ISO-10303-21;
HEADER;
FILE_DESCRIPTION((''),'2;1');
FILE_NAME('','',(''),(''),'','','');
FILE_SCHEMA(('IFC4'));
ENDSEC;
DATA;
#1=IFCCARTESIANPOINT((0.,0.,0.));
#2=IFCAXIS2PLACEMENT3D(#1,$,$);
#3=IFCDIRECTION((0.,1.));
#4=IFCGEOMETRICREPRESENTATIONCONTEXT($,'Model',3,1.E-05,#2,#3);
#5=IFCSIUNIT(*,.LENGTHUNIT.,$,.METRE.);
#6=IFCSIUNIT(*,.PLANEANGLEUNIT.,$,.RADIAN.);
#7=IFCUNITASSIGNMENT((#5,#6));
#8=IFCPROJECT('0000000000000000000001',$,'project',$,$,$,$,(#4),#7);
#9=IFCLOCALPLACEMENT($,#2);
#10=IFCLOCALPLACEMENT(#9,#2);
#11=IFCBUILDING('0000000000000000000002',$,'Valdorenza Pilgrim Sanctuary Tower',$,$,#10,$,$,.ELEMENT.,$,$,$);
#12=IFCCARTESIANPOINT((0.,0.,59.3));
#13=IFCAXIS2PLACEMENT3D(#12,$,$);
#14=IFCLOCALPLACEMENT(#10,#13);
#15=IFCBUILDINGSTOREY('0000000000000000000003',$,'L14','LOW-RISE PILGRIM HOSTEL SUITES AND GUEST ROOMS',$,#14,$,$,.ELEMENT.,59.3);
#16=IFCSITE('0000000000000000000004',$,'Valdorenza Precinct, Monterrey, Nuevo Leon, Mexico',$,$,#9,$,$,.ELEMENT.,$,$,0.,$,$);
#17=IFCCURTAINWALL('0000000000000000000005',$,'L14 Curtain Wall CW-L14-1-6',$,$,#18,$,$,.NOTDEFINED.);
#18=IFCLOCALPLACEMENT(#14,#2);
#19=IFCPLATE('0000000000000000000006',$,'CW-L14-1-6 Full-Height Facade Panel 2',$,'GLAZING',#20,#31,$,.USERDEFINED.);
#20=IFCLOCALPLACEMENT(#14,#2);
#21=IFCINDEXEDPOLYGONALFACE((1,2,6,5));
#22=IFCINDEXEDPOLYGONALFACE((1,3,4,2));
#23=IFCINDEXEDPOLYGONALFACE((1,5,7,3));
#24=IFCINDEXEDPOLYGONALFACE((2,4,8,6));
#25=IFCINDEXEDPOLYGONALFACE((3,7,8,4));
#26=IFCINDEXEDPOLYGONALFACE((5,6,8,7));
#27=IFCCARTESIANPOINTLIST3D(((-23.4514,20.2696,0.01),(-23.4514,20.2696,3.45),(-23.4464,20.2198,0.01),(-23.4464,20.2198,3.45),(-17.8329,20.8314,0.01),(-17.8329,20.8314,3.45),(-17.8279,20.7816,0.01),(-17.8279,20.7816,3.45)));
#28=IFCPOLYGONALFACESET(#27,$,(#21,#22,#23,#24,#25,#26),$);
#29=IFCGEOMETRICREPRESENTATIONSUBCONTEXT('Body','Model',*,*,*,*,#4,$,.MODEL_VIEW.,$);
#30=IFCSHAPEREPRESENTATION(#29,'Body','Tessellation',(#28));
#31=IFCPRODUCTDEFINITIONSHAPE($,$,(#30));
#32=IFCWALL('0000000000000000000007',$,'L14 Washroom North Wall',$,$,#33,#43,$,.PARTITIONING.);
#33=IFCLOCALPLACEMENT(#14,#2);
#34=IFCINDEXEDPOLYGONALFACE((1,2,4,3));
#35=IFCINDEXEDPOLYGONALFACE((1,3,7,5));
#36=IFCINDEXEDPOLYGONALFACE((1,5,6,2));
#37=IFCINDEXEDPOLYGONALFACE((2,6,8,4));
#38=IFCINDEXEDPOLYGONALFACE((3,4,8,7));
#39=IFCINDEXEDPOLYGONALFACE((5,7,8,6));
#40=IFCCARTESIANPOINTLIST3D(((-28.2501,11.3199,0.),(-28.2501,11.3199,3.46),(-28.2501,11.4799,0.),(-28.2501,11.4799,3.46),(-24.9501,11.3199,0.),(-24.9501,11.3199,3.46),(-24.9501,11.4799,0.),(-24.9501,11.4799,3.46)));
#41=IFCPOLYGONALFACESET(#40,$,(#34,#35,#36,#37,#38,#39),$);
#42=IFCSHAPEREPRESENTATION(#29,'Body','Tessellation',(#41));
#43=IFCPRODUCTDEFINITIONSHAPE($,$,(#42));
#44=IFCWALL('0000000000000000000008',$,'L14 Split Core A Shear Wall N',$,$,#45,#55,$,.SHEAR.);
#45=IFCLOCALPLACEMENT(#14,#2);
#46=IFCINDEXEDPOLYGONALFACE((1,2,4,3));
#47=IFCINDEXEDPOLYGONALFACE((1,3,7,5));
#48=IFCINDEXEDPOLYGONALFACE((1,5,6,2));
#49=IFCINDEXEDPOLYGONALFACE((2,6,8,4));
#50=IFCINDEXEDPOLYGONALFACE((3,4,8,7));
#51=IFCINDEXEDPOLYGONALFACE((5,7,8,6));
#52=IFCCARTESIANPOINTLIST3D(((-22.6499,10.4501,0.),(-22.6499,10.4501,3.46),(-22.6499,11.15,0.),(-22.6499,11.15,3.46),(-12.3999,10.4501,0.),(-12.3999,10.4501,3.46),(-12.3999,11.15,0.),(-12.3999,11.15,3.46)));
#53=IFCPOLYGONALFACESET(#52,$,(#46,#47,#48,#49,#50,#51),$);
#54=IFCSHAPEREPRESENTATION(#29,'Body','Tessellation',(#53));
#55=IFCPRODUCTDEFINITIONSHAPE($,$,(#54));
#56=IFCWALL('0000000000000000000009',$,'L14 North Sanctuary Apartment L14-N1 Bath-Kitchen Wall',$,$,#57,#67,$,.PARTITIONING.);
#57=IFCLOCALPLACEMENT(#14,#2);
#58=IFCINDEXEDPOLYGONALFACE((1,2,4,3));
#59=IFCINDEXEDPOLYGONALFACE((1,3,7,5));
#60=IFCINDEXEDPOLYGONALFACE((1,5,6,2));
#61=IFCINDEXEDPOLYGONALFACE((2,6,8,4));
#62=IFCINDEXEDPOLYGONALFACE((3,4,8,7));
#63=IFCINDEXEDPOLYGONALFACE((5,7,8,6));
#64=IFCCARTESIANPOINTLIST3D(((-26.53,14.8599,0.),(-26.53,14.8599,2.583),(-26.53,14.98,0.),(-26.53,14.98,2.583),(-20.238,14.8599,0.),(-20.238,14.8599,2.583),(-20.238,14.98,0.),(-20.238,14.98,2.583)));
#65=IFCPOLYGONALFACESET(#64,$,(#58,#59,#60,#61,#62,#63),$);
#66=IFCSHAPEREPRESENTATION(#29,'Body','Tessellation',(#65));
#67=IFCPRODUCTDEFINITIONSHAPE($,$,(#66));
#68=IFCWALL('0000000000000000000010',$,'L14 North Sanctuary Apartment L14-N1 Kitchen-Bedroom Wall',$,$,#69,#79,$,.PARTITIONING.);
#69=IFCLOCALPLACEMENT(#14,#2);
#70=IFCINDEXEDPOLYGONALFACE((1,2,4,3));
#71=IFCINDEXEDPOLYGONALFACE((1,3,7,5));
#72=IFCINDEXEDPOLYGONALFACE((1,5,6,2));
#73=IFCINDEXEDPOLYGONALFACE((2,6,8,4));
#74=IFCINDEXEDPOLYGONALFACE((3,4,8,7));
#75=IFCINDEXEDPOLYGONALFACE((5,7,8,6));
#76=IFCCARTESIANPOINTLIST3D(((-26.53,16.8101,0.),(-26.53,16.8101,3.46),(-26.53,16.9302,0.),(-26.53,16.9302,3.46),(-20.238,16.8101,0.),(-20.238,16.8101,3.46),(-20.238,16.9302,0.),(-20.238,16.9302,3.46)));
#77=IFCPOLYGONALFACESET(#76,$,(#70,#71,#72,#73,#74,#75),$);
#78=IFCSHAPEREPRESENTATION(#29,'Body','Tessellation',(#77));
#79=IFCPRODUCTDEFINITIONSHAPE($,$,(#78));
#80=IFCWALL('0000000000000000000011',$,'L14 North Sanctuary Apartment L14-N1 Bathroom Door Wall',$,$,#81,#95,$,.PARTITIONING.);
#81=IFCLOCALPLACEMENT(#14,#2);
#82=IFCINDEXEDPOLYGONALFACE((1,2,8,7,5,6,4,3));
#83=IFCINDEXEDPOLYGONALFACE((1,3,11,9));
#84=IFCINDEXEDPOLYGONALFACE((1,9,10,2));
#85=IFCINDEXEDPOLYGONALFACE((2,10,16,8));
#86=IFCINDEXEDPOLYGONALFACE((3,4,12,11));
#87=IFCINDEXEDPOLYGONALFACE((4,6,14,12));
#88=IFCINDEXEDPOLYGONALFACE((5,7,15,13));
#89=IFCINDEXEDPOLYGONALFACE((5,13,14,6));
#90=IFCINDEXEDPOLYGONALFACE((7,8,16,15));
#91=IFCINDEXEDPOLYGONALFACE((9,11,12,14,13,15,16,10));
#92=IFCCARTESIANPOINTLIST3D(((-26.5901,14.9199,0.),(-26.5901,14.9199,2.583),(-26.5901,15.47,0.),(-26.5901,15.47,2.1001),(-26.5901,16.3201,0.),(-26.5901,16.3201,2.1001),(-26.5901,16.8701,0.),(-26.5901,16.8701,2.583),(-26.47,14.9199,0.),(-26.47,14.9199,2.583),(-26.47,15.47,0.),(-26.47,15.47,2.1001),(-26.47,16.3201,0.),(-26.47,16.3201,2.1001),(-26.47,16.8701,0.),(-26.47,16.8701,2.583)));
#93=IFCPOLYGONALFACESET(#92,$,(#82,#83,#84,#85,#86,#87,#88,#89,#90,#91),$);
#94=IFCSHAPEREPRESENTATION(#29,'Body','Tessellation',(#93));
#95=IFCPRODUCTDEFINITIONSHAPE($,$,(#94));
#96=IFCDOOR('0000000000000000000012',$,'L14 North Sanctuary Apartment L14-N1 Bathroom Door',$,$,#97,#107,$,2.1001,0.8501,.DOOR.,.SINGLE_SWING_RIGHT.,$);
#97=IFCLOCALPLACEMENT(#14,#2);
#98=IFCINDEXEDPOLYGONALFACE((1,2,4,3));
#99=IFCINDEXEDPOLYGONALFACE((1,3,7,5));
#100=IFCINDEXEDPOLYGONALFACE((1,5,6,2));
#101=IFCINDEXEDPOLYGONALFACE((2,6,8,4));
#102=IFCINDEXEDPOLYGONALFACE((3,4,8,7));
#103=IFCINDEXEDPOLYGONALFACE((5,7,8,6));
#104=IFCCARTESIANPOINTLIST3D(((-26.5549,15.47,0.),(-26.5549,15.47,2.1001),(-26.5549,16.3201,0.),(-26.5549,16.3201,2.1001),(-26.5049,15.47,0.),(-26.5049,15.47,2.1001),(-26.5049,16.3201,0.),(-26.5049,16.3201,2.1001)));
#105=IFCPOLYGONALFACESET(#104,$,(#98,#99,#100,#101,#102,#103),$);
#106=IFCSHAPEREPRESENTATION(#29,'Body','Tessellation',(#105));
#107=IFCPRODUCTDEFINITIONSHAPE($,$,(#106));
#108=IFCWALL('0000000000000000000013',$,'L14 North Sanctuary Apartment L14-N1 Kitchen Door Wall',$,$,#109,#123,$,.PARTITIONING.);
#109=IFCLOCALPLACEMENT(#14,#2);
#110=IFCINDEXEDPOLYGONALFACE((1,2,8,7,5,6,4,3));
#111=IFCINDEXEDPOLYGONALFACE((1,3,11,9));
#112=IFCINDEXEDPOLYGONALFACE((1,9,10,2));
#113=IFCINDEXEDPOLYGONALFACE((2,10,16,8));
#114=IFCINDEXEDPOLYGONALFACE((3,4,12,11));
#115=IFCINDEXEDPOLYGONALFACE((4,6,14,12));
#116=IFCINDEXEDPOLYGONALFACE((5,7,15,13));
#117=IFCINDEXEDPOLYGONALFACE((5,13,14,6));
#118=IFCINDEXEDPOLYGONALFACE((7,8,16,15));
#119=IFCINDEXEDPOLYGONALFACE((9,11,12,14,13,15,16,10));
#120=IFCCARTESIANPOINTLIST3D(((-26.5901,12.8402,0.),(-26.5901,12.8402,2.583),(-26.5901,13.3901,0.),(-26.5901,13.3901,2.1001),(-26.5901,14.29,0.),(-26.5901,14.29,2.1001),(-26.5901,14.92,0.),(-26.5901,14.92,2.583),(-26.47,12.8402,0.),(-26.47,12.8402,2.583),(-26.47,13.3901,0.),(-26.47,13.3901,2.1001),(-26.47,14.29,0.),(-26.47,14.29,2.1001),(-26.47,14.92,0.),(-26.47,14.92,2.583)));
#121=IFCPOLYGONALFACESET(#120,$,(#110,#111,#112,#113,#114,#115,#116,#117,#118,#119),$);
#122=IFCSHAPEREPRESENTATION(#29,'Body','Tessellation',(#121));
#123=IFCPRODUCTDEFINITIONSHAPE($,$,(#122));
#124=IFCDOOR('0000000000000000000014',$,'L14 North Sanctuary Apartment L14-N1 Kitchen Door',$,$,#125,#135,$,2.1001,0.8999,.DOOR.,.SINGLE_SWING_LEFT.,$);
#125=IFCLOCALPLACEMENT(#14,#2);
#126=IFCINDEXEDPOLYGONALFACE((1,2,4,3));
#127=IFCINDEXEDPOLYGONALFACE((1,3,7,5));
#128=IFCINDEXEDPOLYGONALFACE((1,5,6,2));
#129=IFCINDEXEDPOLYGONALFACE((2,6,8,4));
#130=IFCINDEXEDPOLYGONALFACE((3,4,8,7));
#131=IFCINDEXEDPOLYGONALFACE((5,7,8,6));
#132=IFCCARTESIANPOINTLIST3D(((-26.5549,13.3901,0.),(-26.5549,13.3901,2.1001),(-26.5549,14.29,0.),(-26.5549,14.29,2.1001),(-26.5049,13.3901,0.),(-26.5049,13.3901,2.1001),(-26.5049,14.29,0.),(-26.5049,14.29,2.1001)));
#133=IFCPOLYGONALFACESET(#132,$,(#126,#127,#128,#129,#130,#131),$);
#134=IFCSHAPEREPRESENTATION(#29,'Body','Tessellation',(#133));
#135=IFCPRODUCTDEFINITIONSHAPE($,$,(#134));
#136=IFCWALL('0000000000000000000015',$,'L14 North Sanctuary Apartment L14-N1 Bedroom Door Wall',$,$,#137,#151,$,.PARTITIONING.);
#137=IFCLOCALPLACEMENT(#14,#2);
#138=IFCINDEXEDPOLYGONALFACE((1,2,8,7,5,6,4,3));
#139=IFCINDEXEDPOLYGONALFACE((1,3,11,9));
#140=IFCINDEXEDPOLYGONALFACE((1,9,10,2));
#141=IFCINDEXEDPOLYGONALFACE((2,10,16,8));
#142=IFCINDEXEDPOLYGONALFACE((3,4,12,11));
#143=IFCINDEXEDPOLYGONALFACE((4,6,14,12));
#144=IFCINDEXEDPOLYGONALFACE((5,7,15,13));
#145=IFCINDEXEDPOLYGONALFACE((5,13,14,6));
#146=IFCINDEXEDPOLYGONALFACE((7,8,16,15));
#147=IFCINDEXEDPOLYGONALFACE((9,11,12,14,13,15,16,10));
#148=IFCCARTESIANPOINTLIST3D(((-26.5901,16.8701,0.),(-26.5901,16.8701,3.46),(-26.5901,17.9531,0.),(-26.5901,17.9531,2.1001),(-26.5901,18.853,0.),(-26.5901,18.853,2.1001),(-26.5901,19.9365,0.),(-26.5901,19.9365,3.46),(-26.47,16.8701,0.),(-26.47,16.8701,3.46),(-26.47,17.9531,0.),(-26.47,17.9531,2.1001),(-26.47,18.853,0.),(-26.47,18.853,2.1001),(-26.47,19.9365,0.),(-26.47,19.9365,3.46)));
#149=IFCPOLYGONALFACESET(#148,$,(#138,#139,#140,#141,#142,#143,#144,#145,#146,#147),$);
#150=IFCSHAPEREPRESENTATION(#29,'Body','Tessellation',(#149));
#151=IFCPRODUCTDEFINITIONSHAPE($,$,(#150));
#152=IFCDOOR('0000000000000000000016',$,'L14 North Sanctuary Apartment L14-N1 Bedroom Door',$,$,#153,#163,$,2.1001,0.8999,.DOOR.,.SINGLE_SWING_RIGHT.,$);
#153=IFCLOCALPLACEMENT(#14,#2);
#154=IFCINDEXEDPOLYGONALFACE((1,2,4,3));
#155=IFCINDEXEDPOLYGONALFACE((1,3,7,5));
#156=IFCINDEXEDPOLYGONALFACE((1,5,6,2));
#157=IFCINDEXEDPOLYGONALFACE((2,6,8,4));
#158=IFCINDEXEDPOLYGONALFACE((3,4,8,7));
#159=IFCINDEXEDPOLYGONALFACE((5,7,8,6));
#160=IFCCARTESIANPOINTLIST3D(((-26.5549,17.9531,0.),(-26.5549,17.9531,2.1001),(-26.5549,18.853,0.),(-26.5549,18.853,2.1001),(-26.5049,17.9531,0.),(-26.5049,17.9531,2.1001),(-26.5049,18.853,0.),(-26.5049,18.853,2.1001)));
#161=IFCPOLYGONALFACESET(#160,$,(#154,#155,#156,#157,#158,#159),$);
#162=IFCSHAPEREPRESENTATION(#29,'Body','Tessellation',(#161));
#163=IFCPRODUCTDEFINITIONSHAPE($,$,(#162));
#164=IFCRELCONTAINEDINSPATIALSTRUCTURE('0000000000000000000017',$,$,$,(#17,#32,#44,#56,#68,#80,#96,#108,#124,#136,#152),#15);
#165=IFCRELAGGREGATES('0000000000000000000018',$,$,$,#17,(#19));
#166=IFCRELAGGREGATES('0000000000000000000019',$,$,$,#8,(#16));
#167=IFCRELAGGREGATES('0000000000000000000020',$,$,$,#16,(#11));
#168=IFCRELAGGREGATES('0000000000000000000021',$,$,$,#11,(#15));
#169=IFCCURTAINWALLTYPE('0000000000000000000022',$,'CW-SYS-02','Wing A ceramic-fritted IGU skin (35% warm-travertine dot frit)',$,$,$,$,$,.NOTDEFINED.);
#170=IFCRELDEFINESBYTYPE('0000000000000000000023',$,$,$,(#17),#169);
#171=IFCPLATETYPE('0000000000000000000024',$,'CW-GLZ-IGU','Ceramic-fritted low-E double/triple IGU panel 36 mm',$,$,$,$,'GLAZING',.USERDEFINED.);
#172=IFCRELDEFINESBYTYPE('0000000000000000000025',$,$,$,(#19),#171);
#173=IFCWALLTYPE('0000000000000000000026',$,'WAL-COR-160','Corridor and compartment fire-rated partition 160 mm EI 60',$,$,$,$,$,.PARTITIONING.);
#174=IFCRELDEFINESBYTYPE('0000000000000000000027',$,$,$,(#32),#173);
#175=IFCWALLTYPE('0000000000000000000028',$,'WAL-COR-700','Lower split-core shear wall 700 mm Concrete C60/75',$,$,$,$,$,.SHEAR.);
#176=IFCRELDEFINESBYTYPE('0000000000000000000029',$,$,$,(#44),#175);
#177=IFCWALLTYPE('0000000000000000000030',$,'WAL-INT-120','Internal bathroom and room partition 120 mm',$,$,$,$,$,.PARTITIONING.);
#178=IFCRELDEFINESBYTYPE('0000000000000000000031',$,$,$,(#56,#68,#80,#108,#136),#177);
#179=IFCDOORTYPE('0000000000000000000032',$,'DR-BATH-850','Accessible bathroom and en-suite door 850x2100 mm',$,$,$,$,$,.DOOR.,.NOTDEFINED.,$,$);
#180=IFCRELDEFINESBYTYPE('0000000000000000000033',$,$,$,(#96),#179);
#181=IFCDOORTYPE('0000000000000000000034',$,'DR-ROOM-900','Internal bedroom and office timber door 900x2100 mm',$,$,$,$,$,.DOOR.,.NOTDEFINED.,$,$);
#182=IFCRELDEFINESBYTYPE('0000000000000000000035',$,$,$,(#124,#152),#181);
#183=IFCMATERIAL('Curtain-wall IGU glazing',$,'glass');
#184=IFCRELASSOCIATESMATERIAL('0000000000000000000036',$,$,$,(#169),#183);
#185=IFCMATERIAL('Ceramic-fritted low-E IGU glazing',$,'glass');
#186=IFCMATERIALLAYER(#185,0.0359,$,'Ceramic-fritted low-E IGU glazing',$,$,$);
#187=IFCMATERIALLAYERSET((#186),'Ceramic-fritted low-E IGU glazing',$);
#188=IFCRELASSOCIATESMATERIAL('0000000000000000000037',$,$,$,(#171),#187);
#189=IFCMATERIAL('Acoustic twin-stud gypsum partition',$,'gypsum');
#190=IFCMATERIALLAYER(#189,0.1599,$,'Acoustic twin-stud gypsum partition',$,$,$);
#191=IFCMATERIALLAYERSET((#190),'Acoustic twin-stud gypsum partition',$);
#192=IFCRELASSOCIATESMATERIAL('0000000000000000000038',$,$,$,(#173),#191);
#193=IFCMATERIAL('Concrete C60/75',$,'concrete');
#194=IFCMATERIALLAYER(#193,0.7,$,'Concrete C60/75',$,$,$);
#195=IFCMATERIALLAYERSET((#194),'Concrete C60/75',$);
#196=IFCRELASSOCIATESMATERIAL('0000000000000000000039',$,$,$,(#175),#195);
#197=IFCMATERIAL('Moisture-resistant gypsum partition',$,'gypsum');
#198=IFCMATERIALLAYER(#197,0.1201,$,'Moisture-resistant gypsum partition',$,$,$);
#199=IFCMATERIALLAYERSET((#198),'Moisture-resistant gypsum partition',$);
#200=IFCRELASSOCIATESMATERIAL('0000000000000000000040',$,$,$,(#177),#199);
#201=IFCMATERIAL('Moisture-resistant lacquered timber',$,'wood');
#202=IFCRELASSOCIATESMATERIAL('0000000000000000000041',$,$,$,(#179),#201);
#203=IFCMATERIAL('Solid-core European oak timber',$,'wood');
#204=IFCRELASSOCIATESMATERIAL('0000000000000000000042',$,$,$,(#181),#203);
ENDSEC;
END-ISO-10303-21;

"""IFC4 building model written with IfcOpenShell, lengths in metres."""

from ifc_helpers import new_model, si_unit, direction, frame, frame_2d, origin, origin_2d, place, context, subcontext, project, spatial, rectangle, extrude, source, transform, mapped, material, layer, layer_set, type_object, element, fill, aggregate, save


model = new_model("IFC4")

# Units and contexts
model_context = context("Model", 3, precision=1e-05, world=origin(), true_north=direction((0.0, 1.0)))
body_context = subcontext(model_context, "Body", "Model", "MODEL_VIEW")
ifc_project = project(units=[si_unit("LENGTHUNIT", "METRE"), si_unit("PLANEANGLEUNIT", "RADIAN")], contexts=[model_context])

# Site, building, storey
site_placement = place(None, origin())
site = spatial("IfcSite", under=ifc_project, at=site_placement, Name="Valdorenza Precinct, Monterrey, Nuevo Leon, Mexico", CompositionType="ELEMENT", RefElevation=0.0)
building_placement = place(site_placement, origin())
building = spatial("IfcBuilding", under=site, at=building_placement, Name="Valdorenza Pilgrim Sanctuary Tower", CompositionType="ELEMENT")
storey_placement = place(building_placement, frame((0.0, 0.0, 59.3)))
storey = spatial("IfcBuildingStorey", under=building, at=storey_placement, Name="L14", Description="LOW-RISE PILGRIM HOSTEL SUITES AND GUEST ROOMS", CompositionType="ELEMENT", Elevation=59.3)

# Shared definitions
ifc_material_1 = material(Name="Concrete C60/75", Category="concrete")

# Curtain wall, plate
ifc_material_2 = material(Name="Curtain-wall IGU glazing", Category="glass")
curtain_wall_type = type_object("IfcCurtainWallType", Name="CW-SYS-02", Description="Wing A ceramic-fritted IGU skin (35% warm-travertine dot frit)", PredefinedType="NOTDEFINED", material=ifc_material_2)
curtain_wall_placement = place(storey_placement, origin())
curtain_wall = element("IfcCurtainWall", 1, at=curtain_wall_placement, inside=storey, type_object=curtain_wall_type, Name="L14 Curtain Wall CW-L14-1-6", PredefinedType="NOTDEFINED")
ifc_material_3 = material(Name="Ceramic-fritted low-E IGU glazing", Category="glass")
ifc_layer_1 = layer(ifc_material_3, 0.0359, Name="Ceramic-fritted low-E IGU glazing")
ifc_layer_set_1 = layer_set([ifc_layer_1], Name="Ceramic-fritted low-E IGU glazing")
plate_type_1 = type_object("IfcPlateType", Name="CW-GLZ-IGU", Description="Ceramic-fritted low-E double/triple IGU panel 36 mm", ElementType="GLAZING", PredefinedType="USERDEFINED", material=ifc_layer_set_1)
shared_shape_1 = source(origin(), body_context, "Body", "SweptSolid", [
    extrude(rectangle(XDim=5.6465, YDim=0.05, at=origin_2d()), origin(), (0.0, 0.0, 1.0), 3.4399),
])
plate_1_placement = place(storey_placement, frame((-20.6396, 20.5256, 0.01), z_axis=(0.0, 0.0, 1.0), x_axis=(0.995038, 0.099493, 0.0)))
plate_1 = element("IfcPlate", 2, at=plate_1_placement, type_object=plate_type_1, Name="CW-L14-1-6 Full-Height Facade Panel 2", ObjectType="GLAZING", PredefinedType="USERDEFINED", context=body_context, shape_type="MappedRepresentation", body=[
    mapped(shared_shape_1, transform((0.0, 0.0, 0.0), x_axis=(1.0, 0.0, 0.0), y_axis=(0.0, 1.0, 0.0), z_axis=(0.0, 0.0, 1.0), scale=1.0)),
])
aggregate(curtain_wall, [plate_1])

# Walls
ifc_material_4 = material(Name="Acoustic twin-stud gypsum partition", Category="gypsum")
ifc_layer_2 = layer(ifc_material_4, 0.1599, Name="Acoustic twin-stud gypsum partition")
ifc_layer_set_2 = layer_set([ifc_layer_2], Name="Acoustic twin-stud gypsum partition")
wall_type_1 = type_object("IfcWallType", Name="WAL-COR-160", Description="Corridor and compartment fire-rated partition 160 mm EI 60", PredefinedType="PARTITIONING", material=ifc_layer_set_2)
wall_1_placement = place(storey_placement, frame((-28.25, 11.3999, 0.0), z_axis=(0.0, 0.0, 1.0), x_axis=(1.0, 0.0, 0.0)))
element("IfcWall", 3, at=wall_1_placement, inside=storey, type_object=wall_type_1, Name="L14 Washroom North Wall", PredefinedType="PARTITIONING", context=body_context, shape_type="SweptSolid", body=[
    extrude(rectangle(XDim=3.3, YDim=0.1599, at=frame_2d((1.6499, 0.0))), origin(), (0.0, 0.0, 1.0), 3.46),
])
ifc_layer_3 = layer(ifc_material_1, 0.7, Name="Concrete C60/75")
ifc_layer_set_3 = layer_set([ifc_layer_3], Name="Concrete C60/75")
wall_type_2 = type_object("IfcWallType", Name="WAL-COR-700", Description="Lower split-core shear wall 700 mm Concrete C60/75", PredefinedType="SHEAR", material=ifc_layer_set_3)
wall_2_placement = place(storey_placement, frame((-22.6499, 10.8, 0.0), z_axis=(0.0, 0.0, 1.0), x_axis=(1.0, 0.0, 0.0)))
element("IfcWall", 4, at=wall_2_placement, inside=storey, type_object=wall_type_2, Name="L14 Split Core A Shear Wall N", PredefinedType="SHEAR", context=body_context, shape_type="SweptSolid", body=[
    extrude(rectangle(XDim=10.25, YDim=0.7, at=frame_2d((5.125, 0.0))), origin(), (0.0, 0.0, 1.0), 3.46),
])
ifc_material_5 = material(Name="Moisture-resistant gypsum partition", Category="gypsum")
ifc_layer_4 = layer(ifc_material_5, 0.1201, Name="Moisture-resistant gypsum partition")
ifc_layer_set_4 = layer_set([ifc_layer_4], Name="Moisture-resistant gypsum partition")
wall_type_3 = type_object("IfcWallType", Name="WAL-INT-120", Description="Internal bathroom and room partition 120 mm", PredefinedType="PARTITIONING", material=ifc_layer_set_4)
wall_3_placement = place(storey_placement, frame((-26.53, 14.9199, 0.0), z_axis=(0.0, 0.0, 1.0), x_axis=(1.0, 0.0, 0.0)))
element("IfcWall", 5, at=wall_3_placement, inside=storey, type_object=wall_type_3, Name="L14 North Sanctuary Apartment L14-N1 Bath-Kitchen Wall", PredefinedType="PARTITIONING", context=body_context, shape_type="SweptSolid", body=[
    extrude(rectangle(XDim=6.292, YDim=0.1201, at=frame_2d((3.146, 0.0))), origin(), (0.0, 0.0, 1.0), 2.583),
])
wall_4_placement = place(storey_placement, frame((-26.53, 16.8701, 0.0), z_axis=(0.0, 0.0, 1.0), x_axis=(1.0, 0.0, 0.0)))
element("IfcWall", 6, at=wall_4_placement, inside=storey, type_object=wall_type_3, Name="L14 North Sanctuary Apartment L14-N1 Kitchen-Bedroom Wall", PredefinedType="PARTITIONING", context=body_context, shape_type="SweptSolid", body=[
    extrude(rectangle(XDim=6.292, YDim=0.1201, at=frame_2d((3.146, 0.0))), origin(), (0.0, 0.0, 1.0), 3.46),
])

# Walls, openings, doors
wall_5_placement = place(storey_placement, frame((-26.53, 14.9199, 0.0), z_axis=(0.0, 0.0, 1.0), x_axis=(0.0, 1.0, 0.0)))
wall_5 = element("IfcWall", 7, at=wall_5_placement, inside=storey, type_object=wall_type_3, Name="L14 North Sanctuary Apartment L14-N1 Bathroom Door Wall", PredefinedType="PARTITIONING", context=body_context, shape_type="SweptSolid", body=[
    extrude(rectangle(XDim=1.9502, YDim=0.1201, at=frame_2d((0.9751, 0.0))), origin(), (0.0, 0.0, 1.0), 2.583),
])
opening_1_placement = place(wall_5_placement, frame((0.55, 0.0, 0.0)))
opening_1 = element("IfcOpeningElement", 8, at=opening_1_placement, cuts=wall_5, PredefinedType="OPENING", context=body_context, shape_type="SweptSolid", body=[
    extrude(rectangle(XDim=0.8501, YDim=2.1001, at=frame_2d((0.425, 1.05))), frame((0.0, 0.075, 0.0), z_axis=(0.0, -1.0, 0.0), x_axis=(1.0, 0.0, 0.0)), (0.0, 0.0, 1.0), 0.1499),
])
ifc_material_6 = material(Name="Moisture-resistant lacquered timber", Category="wood")
door_type_1 = type_object("IfcDoorType", Name="DR-BATH-850", Description="Accessible bathroom and en-suite door 850x2100 mm", OperationType="NOTDEFINED", PredefinedType="DOOR", material=ifc_material_6)
door_1_placement = place(opening_1_placement, origin())
door_1 = element("IfcDoor", 9, at=door_1_placement, inside=storey, type_object=door_type_1, Name="L14 North Sanctuary Apartment L14-N1 Bathroom Door", OperationType="SINGLE_SWING_RIGHT", OverallHeight=2.1001, OverallWidth=0.8501, PredefinedType="DOOR", context=body_context, shape_type="SweptSolid", body=[
    extrude(rectangle(XDim=0.8501, YDim=2.1001, at=frame_2d((0.425, 1.05))), frame((0.0, 0.0249, 0.0), z_axis=(0.0, -1.0, 0.0), x_axis=(1.0, 0.0, 0.0)), (0.0, 0.0, 1.0), 0.05),
])
fill(opening_1, door_1)
wall_6_placement = place(storey_placement, frame((-26.53, 12.8401, 0.0), z_axis=(0.0, 0.0, 1.0), x_axis=(0.0, 1.0, 0.0)))
wall_6 = element("IfcWall", 10, at=wall_6_placement, inside=storey, type_object=wall_type_3, Name="L14 North Sanctuary Apartment L14-N1 Kitchen Door Wall", PredefinedType="PARTITIONING", context=body_context, shape_type="SweptSolid", body=[
    extrude(rectangle(XDim=2.0798, YDim=0.1201, at=frame_2d((1.04, 0.0))), origin(), (0.0, 0.0, 1.0), 2.583),
])
opening_2_placement = place(wall_6_placement, frame((0.55, 0.0, 0.0)))
opening_2 = element("IfcOpeningElement", 11, at=opening_2_placement, cuts=wall_6, PredefinedType="OPENING", context=body_context, shape_type="SweptSolid", body=[
    extrude(rectangle(XDim=0.8999, YDim=2.1001, at=frame_2d((0.45, 1.05))), frame((0.0, 0.075, 0.0), z_axis=(0.0, -1.0, 0.0), x_axis=(1.0, 0.0, 0.0)), (0.0, 0.0, 1.0), 0.1499),
])
ifc_material_7 = material(Name="Solid-core European oak timber", Category="wood")
door_type_2 = type_object("IfcDoorType", Name="DR-ROOM-900", Description="Internal bedroom and office timber door 900x2100 mm", OperationType="NOTDEFINED", PredefinedType="DOOR", material=ifc_material_7)
door_2_placement = place(opening_2_placement, origin())
door_2 = element("IfcDoor", 12, at=door_2_placement, inside=storey, type_object=door_type_2, Name="L14 North Sanctuary Apartment L14-N1 Kitchen Door", OperationType="SINGLE_SWING_LEFT", OverallHeight=2.1001, OverallWidth=0.8999, PredefinedType="DOOR", context=body_context, shape_type="SweptSolid", body=[
    extrude(rectangle(XDim=0.8999, YDim=2.1001, at=frame_2d((0.45, 1.05))), frame((0.0, 0.0249, 0.0), z_axis=(0.0, -1.0, 0.0), x_axis=(1.0, 0.0, 0.0)), (0.0, 0.0, 1.0), 0.05),
])
fill(opening_2, door_2)
wall_7_placement = place(storey_placement, frame((-26.53, 16.8701, 0.0), z_axis=(0.0, 0.0, 1.0), x_axis=(0.0, 1.0, 0.0)))
wall_7 = element("IfcWall", 13, at=wall_7_placement, inside=storey, type_object=wall_type_3, Name="L14 North Sanctuary Apartment L14-N1 Bedroom Door Wall", PredefinedType="PARTITIONING", context=body_context, shape_type="SweptSolid", body=[
    extrude(rectangle(XDim=3.0664, YDim=0.1201, at=frame_2d((1.5332, 0.0))), origin(), (0.0, 0.0, 1.0), 3.46),
])
opening_3_placement = place(wall_7_placement, frame((1.083, 0.0, 0.0)))
opening_3 = element("IfcOpeningElement", 14, at=opening_3_placement, cuts=wall_7, PredefinedType="OPENING", context=body_context, shape_type="SweptSolid", body=[
    extrude(rectangle(XDim=0.8999, YDim=2.1001, at=frame_2d((0.45, 1.05))), frame((0.0, 0.075, 0.0), z_axis=(0.0, -1.0, 0.0), x_axis=(1.0, 0.0, 0.0)), (0.0, 0.0, 1.0), 0.1499),
])
door_3_placement = place(opening_3_placement, origin())
door_3 = element("IfcDoor", 15, at=door_3_placement, inside=storey, type_object=door_type_2, Name="L14 North Sanctuary Apartment L14-N1 Bedroom Door", OperationType="SINGLE_SWING_RIGHT", OverallHeight=2.1001, OverallWidth=0.8999, PredefinedType="DOOR", context=body_context, shape_type="SweptSolid", body=[
    extrude(rectangle(XDim=0.8999, YDim=2.1001, at=frame_2d((0.45, 1.05))), frame((0.0, 0.0249, 0.0), z_axis=(0.0, -1.0, 0.0), x_axis=(1.0, 0.0, 0.0)), (0.0, 0.0, 1.0), 0.05),
])
fill(opening_3, door_3)

save(model, "model.ifc")
